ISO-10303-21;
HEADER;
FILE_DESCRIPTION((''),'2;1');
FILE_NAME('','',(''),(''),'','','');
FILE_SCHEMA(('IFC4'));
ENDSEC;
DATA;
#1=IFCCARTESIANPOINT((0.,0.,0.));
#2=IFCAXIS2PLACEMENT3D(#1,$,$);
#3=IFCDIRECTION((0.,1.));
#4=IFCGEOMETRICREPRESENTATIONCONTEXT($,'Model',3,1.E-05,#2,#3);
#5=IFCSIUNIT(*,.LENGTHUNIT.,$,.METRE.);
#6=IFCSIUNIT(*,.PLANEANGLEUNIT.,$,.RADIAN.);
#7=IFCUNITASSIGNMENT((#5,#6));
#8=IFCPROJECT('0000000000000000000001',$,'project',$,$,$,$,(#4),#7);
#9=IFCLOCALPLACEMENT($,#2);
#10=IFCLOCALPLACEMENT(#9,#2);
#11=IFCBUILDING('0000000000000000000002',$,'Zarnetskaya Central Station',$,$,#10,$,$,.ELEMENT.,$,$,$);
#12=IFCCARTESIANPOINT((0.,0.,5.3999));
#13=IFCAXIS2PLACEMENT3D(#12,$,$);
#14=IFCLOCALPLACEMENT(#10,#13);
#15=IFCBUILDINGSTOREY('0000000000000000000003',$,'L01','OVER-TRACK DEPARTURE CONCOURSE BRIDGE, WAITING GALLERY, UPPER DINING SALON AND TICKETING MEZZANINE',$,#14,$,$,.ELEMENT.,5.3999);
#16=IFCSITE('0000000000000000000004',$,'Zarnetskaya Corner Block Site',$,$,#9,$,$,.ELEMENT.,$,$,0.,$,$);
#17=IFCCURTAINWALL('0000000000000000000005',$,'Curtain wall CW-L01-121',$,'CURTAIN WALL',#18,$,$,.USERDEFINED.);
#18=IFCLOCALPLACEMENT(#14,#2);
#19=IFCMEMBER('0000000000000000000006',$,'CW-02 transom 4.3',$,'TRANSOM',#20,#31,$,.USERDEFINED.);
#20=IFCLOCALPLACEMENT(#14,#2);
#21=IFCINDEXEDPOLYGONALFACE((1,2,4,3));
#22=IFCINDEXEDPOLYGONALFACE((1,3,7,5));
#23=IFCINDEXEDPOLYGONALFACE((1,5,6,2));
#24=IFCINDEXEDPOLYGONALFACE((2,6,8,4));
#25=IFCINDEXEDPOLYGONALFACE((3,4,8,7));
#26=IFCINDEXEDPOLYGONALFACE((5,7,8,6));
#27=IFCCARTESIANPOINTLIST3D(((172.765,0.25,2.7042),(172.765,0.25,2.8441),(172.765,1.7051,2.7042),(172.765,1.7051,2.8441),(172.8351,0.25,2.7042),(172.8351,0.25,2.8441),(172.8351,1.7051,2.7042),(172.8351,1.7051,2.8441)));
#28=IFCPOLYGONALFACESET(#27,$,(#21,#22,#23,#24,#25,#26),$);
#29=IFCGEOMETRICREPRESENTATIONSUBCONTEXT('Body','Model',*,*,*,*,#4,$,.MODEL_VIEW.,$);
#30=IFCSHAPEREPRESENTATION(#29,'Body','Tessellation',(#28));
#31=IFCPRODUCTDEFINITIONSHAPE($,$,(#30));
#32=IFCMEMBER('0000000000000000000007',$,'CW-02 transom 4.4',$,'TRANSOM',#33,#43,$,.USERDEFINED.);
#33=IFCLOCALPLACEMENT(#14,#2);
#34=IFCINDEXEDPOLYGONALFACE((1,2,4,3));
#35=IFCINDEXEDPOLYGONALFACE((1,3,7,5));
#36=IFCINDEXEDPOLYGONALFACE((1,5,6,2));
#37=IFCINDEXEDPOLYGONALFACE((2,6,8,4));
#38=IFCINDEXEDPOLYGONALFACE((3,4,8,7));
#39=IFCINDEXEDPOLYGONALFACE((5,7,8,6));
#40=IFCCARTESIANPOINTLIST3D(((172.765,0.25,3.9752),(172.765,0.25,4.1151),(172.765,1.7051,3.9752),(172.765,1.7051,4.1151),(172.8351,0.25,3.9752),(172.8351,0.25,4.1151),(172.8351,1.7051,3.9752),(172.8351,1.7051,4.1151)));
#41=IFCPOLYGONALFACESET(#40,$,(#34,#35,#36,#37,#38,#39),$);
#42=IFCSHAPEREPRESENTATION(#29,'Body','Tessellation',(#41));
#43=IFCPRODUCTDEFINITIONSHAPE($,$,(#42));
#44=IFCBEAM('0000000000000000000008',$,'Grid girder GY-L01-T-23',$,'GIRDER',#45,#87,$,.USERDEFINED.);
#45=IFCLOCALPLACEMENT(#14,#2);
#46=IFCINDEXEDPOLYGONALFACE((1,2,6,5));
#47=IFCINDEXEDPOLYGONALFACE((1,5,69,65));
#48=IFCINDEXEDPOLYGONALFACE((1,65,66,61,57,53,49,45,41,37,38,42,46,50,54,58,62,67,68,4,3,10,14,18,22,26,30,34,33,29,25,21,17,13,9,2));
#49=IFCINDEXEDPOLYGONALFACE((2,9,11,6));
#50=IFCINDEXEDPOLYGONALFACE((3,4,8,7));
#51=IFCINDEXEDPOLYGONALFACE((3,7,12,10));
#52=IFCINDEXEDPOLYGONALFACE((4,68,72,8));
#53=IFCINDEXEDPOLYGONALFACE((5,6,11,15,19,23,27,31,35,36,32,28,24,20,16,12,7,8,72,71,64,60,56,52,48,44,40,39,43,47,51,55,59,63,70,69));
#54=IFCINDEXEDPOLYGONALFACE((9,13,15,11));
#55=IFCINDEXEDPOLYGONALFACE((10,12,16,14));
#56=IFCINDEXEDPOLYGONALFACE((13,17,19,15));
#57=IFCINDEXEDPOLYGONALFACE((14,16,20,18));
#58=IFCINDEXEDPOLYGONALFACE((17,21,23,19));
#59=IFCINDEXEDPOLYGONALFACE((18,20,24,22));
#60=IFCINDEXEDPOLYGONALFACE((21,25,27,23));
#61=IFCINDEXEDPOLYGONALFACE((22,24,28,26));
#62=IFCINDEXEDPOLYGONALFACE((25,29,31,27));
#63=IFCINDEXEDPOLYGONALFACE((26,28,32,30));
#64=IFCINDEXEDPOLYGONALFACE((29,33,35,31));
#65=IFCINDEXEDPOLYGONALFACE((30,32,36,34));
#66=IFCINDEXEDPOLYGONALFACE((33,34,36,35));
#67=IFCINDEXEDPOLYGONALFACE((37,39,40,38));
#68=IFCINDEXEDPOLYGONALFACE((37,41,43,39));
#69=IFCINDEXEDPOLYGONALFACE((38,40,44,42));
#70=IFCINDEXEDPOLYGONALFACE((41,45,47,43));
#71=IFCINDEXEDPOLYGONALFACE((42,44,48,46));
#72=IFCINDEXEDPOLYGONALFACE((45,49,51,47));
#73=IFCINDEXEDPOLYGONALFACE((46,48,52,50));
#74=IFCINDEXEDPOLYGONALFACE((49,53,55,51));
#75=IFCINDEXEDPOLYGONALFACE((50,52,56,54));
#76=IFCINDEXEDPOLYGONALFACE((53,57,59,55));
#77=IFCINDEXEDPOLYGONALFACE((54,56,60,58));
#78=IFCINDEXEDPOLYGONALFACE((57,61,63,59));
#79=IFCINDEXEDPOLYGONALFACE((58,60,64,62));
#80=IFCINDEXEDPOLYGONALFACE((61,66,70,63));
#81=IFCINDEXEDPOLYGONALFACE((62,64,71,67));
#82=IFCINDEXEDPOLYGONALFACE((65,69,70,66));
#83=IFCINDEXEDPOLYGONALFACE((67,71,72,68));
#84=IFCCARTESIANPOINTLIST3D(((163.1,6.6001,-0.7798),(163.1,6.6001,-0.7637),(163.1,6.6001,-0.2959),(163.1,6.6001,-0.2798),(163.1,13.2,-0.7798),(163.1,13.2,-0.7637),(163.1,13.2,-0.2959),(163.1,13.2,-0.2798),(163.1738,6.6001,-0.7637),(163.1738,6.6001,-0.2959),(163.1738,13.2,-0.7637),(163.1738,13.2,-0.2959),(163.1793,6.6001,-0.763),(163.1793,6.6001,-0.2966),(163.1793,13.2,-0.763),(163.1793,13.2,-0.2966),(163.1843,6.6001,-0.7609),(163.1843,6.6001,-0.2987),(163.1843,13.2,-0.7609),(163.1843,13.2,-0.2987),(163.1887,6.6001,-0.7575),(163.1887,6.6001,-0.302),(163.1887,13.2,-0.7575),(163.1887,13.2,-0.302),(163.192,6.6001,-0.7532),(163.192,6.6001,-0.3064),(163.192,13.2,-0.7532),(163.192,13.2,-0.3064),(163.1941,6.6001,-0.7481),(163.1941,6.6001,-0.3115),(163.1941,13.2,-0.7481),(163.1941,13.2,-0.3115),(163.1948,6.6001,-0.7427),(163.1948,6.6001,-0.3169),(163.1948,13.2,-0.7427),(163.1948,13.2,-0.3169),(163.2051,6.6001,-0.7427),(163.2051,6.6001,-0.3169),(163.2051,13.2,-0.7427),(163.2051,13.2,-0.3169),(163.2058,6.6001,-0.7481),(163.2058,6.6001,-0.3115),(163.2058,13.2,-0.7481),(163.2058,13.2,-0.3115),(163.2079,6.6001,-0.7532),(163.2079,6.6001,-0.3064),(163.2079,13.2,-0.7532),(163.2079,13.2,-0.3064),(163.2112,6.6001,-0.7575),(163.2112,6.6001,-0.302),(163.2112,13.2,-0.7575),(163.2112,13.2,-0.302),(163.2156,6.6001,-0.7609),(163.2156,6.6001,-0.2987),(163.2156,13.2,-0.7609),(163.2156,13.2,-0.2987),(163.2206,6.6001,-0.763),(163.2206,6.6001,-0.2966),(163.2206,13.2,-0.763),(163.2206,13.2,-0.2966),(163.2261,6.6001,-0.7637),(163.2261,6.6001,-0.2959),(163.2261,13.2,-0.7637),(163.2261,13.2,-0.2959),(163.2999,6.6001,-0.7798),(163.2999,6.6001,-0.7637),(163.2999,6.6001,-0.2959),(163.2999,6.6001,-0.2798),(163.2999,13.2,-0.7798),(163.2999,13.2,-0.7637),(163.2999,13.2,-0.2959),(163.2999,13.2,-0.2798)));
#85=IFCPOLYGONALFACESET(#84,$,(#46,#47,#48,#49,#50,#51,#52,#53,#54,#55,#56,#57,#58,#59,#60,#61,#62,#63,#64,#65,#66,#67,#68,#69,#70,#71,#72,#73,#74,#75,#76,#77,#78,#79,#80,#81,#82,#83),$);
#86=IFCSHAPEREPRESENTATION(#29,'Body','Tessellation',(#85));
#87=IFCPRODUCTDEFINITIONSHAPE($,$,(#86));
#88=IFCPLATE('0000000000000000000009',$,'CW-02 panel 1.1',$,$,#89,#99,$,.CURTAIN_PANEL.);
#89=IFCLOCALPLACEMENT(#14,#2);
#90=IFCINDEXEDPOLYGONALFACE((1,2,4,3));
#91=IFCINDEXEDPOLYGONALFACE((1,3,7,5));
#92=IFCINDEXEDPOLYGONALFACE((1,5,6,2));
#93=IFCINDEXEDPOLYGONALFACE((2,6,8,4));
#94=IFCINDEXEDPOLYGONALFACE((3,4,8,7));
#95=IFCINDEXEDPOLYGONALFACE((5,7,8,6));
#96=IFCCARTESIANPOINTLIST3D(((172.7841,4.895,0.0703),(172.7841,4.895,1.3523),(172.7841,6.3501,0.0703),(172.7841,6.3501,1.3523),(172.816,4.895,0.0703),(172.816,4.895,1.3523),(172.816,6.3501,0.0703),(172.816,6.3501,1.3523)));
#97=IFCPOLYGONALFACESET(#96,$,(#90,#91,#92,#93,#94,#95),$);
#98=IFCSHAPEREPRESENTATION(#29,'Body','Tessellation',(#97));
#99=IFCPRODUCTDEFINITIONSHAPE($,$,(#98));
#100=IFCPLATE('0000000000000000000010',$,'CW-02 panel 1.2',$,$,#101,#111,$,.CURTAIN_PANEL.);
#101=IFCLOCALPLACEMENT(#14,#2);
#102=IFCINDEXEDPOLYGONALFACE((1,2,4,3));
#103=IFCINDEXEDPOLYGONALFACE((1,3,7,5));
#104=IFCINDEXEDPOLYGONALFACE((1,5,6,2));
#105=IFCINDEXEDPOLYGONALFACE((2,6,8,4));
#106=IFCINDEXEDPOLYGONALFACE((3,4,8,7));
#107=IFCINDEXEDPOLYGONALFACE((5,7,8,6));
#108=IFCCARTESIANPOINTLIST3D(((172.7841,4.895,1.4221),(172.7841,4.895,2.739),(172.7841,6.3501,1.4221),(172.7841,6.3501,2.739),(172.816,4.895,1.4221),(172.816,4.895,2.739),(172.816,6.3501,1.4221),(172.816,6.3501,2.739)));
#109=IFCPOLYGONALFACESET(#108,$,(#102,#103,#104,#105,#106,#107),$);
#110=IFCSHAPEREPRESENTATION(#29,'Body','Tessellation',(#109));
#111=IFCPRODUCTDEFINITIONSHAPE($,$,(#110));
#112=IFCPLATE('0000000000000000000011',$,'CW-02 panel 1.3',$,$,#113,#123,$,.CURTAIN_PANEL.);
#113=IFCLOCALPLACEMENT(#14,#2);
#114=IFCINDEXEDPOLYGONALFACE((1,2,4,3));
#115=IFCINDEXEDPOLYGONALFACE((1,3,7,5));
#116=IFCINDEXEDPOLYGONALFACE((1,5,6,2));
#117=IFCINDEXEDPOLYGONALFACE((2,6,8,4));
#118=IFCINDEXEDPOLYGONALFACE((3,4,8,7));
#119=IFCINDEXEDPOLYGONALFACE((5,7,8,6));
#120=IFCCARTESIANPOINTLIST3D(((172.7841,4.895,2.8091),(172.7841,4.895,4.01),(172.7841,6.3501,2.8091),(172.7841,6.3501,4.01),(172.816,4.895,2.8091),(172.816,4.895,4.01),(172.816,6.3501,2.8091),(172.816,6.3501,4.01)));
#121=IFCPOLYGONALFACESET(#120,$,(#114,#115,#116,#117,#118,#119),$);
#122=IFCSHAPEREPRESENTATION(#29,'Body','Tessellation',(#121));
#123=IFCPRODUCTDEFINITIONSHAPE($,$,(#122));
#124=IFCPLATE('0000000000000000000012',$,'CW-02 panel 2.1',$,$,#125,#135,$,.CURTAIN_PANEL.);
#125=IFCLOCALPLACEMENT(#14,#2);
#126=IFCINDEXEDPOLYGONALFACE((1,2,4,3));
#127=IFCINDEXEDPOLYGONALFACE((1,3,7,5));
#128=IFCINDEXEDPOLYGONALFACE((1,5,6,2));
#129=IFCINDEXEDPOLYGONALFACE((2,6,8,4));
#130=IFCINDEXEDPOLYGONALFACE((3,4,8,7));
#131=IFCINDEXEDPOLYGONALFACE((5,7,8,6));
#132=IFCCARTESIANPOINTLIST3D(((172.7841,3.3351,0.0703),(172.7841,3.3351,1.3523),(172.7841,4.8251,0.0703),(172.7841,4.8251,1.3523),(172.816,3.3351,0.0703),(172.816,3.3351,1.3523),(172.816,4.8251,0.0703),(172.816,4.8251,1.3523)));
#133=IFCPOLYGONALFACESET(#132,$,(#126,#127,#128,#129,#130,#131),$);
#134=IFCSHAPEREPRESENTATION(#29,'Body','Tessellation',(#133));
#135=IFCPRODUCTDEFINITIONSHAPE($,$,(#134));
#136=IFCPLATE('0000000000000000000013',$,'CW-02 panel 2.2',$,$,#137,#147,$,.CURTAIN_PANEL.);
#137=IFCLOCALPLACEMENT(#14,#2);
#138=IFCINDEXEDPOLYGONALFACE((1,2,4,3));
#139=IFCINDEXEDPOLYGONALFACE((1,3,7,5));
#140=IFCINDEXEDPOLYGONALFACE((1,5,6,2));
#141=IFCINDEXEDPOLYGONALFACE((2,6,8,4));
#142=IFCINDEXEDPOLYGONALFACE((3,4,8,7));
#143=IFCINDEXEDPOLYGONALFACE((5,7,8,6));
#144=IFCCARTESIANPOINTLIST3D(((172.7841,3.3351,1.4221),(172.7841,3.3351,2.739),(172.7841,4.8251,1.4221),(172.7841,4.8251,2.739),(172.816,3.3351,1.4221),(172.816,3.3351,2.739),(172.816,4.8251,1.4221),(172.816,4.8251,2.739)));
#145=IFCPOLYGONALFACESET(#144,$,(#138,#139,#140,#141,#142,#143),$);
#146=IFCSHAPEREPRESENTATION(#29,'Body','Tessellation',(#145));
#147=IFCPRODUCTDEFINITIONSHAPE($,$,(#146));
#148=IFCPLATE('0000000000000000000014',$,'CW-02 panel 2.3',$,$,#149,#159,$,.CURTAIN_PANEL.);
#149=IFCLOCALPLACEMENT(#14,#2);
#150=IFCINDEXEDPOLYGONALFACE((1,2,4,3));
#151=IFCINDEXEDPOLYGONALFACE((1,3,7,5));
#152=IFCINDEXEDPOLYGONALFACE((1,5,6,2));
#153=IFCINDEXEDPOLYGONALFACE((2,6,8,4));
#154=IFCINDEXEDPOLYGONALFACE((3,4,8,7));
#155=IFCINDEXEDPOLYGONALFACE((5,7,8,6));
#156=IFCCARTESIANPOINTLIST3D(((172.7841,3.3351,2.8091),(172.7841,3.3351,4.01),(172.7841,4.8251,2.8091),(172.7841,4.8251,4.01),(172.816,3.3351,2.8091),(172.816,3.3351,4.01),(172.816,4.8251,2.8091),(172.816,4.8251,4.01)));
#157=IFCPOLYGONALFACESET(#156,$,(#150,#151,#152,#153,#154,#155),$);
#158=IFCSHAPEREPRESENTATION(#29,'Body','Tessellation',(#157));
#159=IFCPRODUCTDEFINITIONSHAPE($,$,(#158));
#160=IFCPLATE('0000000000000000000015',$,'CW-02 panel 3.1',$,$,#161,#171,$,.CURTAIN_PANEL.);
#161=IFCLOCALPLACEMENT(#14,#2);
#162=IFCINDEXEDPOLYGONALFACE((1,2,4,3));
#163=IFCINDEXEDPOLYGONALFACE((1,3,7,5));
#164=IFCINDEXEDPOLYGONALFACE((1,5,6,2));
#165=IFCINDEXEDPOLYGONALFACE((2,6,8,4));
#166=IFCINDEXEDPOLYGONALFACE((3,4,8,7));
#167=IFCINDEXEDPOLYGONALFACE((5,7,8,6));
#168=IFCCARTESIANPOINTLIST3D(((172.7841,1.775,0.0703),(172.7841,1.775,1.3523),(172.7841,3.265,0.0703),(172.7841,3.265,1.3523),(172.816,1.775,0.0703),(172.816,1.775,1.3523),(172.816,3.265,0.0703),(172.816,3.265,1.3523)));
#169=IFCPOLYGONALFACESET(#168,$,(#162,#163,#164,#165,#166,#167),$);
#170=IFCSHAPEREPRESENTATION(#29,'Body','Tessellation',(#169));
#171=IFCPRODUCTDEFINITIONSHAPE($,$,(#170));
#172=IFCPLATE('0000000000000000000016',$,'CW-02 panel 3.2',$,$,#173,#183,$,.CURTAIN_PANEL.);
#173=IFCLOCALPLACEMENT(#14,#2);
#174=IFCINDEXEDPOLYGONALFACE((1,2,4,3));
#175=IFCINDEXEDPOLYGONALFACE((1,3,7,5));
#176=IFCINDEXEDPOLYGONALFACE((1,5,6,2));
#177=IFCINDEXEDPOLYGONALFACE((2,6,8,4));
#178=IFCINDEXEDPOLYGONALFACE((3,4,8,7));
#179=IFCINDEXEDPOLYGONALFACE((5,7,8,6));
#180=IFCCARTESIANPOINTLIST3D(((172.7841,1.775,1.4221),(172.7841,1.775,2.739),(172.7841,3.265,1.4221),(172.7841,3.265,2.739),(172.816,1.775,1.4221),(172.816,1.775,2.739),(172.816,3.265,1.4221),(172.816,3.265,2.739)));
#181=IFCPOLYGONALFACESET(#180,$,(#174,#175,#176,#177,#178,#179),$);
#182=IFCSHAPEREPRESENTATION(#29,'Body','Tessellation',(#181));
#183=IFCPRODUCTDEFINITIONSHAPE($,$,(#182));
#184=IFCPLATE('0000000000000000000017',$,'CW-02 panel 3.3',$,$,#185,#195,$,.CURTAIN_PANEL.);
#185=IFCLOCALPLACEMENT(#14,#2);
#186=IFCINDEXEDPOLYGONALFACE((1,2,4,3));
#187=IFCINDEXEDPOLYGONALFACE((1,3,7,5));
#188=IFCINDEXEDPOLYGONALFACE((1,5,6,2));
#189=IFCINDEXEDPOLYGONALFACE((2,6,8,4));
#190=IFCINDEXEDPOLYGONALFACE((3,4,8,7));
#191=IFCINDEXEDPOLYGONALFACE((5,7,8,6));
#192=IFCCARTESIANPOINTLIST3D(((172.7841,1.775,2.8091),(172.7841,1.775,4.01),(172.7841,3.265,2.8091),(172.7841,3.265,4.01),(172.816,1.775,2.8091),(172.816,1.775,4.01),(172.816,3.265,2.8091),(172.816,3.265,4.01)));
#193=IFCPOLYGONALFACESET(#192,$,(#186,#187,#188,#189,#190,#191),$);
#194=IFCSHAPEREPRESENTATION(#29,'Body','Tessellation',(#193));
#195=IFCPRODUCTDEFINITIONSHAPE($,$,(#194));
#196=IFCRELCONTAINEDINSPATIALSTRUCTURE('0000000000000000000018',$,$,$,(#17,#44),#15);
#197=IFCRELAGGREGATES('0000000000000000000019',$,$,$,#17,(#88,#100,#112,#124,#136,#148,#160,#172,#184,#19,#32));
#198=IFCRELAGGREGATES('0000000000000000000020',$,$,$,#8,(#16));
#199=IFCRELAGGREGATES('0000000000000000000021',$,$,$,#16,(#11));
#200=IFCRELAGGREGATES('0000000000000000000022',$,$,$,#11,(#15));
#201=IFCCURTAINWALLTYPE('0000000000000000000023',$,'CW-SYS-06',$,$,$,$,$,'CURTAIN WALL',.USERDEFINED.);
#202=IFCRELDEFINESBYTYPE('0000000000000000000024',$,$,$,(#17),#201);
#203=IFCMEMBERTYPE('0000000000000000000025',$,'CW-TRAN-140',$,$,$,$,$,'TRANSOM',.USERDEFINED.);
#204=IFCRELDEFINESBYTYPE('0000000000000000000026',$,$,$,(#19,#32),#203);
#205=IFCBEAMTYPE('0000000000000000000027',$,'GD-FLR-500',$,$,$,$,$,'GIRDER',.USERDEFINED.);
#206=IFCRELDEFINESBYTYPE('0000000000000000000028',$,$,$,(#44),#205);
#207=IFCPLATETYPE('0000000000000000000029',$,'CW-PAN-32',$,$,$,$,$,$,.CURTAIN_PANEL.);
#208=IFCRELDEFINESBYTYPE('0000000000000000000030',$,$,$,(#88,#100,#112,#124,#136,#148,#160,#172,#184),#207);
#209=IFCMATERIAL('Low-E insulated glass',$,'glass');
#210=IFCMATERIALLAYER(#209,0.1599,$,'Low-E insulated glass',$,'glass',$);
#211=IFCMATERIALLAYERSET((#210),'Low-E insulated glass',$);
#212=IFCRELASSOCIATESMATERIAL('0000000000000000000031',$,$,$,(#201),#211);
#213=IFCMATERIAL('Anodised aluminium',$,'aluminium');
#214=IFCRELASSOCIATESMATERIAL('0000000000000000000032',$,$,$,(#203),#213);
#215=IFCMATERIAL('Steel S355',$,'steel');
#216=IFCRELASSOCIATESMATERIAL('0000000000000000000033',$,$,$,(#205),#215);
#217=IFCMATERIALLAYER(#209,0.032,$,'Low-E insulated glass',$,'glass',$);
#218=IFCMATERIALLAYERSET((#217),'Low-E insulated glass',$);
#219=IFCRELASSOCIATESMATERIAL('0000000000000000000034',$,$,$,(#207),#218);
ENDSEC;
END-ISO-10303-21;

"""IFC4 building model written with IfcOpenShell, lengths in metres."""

from ifc_helpers import new_model, si_unit, direction, frame, origin, origin_2d, place, context, subcontext, project, spatial, rectangle, i_section, extrude, material, layer, layer_set, material_profile, profile_set, type_object, element, aggregate, save


model = new_model("IFC4")

# Units and contexts
model_context = context("Model", 3, precision=1e-05, world=origin(), true_north=direction((0.0, 1.0)))
body_context = subcontext(model_context, "Body", "Model", "MODEL_VIEW")
ifc_project = project(units=[si_unit("LENGTHUNIT", "METRE"), si_unit("PLANEANGLEUNIT", "RADIAN")], contexts=[model_context])

# Site, building, storey
site_placement = place(None, origin())
site = spatial("IfcSite", under=ifc_project, at=site_placement, Name="Zarnetskaya Corner Block Site", CompositionType="ELEMENT", RefElevation=0.0)
building_placement = place(site_placement, origin())
building = spatial("IfcBuilding", under=site, at=building_placement, Name="Zarnetskaya Central Station", CompositionType="ELEMENT")
storey_placement = place(building_placement, frame((0.0, 0.0, 5.3999)))
storey = spatial("IfcBuildingStorey", under=building, at=storey_placement, Name="L01", Description="OVER-TRACK DEPARTURE CONCOURSE BRIDGE, WAITING GALLERY, UPPER DINING SALON AND TICKETING MEZZANINE", CompositionType="ELEMENT", Elevation=5.3999)

# Shared definitions
ifc_material_1 = material(Name="Steel S355", Category="steel")

# Curtain wall, members
ifc_material_2 = material(Name="Low-E insulated glass", Category="glass")
ifc_layer_1 = layer(ifc_material_2, 0.1599, Name="Low-E insulated glass", Category="glass")
ifc_layer_set_1 = layer_set([ifc_layer_1], Name="Low-E insulated glass")
curtain_wall_type = type_object("IfcCurtainWallType", Name="CW-SYS-06", ElementType="CURTAIN WALL", PredefinedType="USERDEFINED", material=ifc_layer_set_1)
curtain_wall_placement = place(storey_placement, origin())
curtain_wall = element("IfcCurtainWall", 1, at=curtain_wall_placement, inside=storey, type_object=curtain_wall_type, Name="Curtain wall CW-L01-121", ObjectType="CURTAIN WALL", PredefinedType="USERDEFINED")
ifc_material_3 = material(Name="Anodised aluminium", Category="aluminium")
ifc_material_profile_1 = material_profile(ifc_material_3, rectangle(XDim=0.0701, YDim=0.1399, at=origin_2d()), Name="ALU TRAN 70x140")
ifc_profile_set_1 = profile_set([ifc_material_profile_1], Name="Anodised aluminium")
member_type_1 = type_object("IfcMemberType", Name="CW-TRAN-140", ElementType="TRANSOM", PredefinedType="USERDEFINED", material=ifc_profile_set_1)
member_1_placement = place(storey_placement, frame((172.8, 1.7051, 2.7742), z_axis=(0.0, -1.0, 0.0), x_axis=(1.0, 0.0, 0.0)))
member_1 = element("IfcMember", 2, at=member_1_placement, type_object=member_type_1, Name="CW-02 transom 4.3", ObjectType="TRANSOM", PredefinedType="USERDEFINED", context=body_context, shape_type="SweptSolid", body=[
    extrude(rectangle(XDim=0.0701, YDim=0.1399, at=origin_2d()), origin(), (0.0, 0.0, 1.0), 1.4551),
])
member_2_placement = place(storey_placement, frame((172.8, 1.7051, 4.0452), z_axis=(0.0, -1.0, 0.0), x_axis=(1.0, 0.0, 0.0)))
member_2 = element("IfcMember", 3, at=member_2_placement, type_object=member_type_1, Name="CW-02 transom 4.4", ObjectType="TRANSOM", PredefinedType="USERDEFINED", context=body_context, shape_type="SweptSolid", body=[
    extrude(rectangle(XDim=0.0701, YDim=0.1399, at=origin_2d()), origin(), (0.0, 0.0, 1.0), 1.4551),
])

# Beam
ifc_material_profile_2 = material_profile(ifc_material_1, i_section(OverallWidth=0.2, OverallDepth=0.5, WebThickness=0.0103, FlangeThickness=0.0161, FilletRadius=0.021, at=origin_2d()), Name="IPE 500")
ifc_profile_set_2 = profile_set([ifc_material_profile_2], Name="Steel S355")
beam_type_1 = type_object("IfcBeamType", Name="GD-FLR-500", ElementType="GIRDER", PredefinedType="USERDEFINED", material=ifc_profile_set_2)
beam_placement = place(storey_placement, frame((163.2, 6.6001, -0.5298), z_axis=(0.0, 1.0, 0.0), x_axis=(-1.0, 0.0, 0.0)))
element("IfcBeam", 4, at=beam_placement, inside=storey, type_object=beam_type_1, Name="Grid girder GY-L01-T-23", ObjectType="GIRDER", PredefinedType="USERDEFINED", context=body_context, shape_type="SweptSolid", body=[
    extrude(i_section(OverallWidth=0.2, OverallDepth=0.5, WebThickness=0.0103, FlangeThickness=0.0161, FilletRadius=0.021, at=origin_2d()), origin(), (0.0, 0.0, 1.0), 6.5999),
])

# Plates
ifc_layer_2 = layer(ifc_material_2, 0.032, Name="Low-E insulated glass", Category="glass")
ifc_layer_set_2 = layer_set([ifc_layer_2], Name="Low-E insulated glass")
plate_type = type_object("IfcPlateType", Name="CW-PAN-32", PredefinedType="CURTAIN_PANEL", material=ifc_layer_set_2)
plate_1_placement = place(storey_placement, frame((172.8, 5.6226, 0.0703), z_axis=(0.0, 0.0, 1.0), x_axis=(0.0, -1.0, 0.0)))
plate_1 = element("IfcPlate", 5, at=plate_1_placement, type_object=plate_type, Name="CW-02 panel 1.1", PredefinedType="CURTAIN_PANEL", context=body_context, shape_type="SweptSolid", body=[
    extrude(rectangle(XDim=1.4551, YDim=0.032, at=origin_2d()), origin(), (0.0, 0.0, 1.0), 1.282),
])
plate_2_placement = place(storey_placement, frame((172.8, 5.6226, 1.4221), z_axis=(0.0, 0.0, 1.0), x_axis=(0.0, -1.0, 0.0)))
plate_2 = element("IfcPlate", 6, at=plate_2_placement, type_object=plate_type, Name="CW-02 panel 1.2", PredefinedType="CURTAIN_PANEL", context=body_context, shape_type="SweptSolid", body=[
    extrude(rectangle(XDim=1.4551, YDim=0.032, at=origin_2d()), origin(), (0.0, 0.0, 1.0), 1.3169),
])
plate_3_placement = place(storey_placement, frame((172.8, 5.6226, 2.8091), z_axis=(0.0, 0.0, 1.0), x_axis=(0.0, -1.0, 0.0)))
plate_3 = element("IfcPlate", 7, at=plate_3_placement, type_object=plate_type, Name="CW-02 panel 1.3", PredefinedType="CURTAIN_PANEL", context=body_context, shape_type="SweptSolid", body=[
    extrude(rectangle(XDim=1.4551, YDim=0.032, at=origin_2d()), origin(), (0.0, 0.0, 1.0), 1.2009),
])
plate_4_placement = place(storey_placement, frame((172.8, 4.0801, 0.0703), z_axis=(0.0, 0.0, 1.0), x_axis=(0.0, -1.0, 0.0)))
plate_4 = element("IfcPlate", 8, at=plate_4_placement, type_object=plate_type, Name="CW-02 panel 2.1", PredefinedType="CURTAIN_PANEL", context=body_context, shape_type="SweptSolid", body=[
    extrude(rectangle(XDim=1.49, YDim=0.032, at=origin_2d()), origin(), (0.0, 0.0, 1.0), 1.282),
])
plate_5_placement = place(storey_placement, frame((172.8, 4.0801, 1.4221), z_axis=(0.0, 0.0, 1.0), x_axis=(0.0, -1.0, 0.0)))
plate_5 = element("IfcPlate", 9, at=plate_5_placement, type_object=plate_type, Name="CW-02 panel 2.2", PredefinedType="CURTAIN_PANEL", context=body_context, shape_type="SweptSolid", body=[
    extrude(rectangle(XDim=1.49, YDim=0.032, at=origin_2d()), origin(), (0.0, 0.0, 1.0), 1.3169),
])
plate_6_placement = place(storey_placement, frame((172.8, 4.0801, 2.8091), z_axis=(0.0, 0.0, 1.0), x_axis=(0.0, -1.0, 0.0)))
plate_6 = element("IfcPlate", 10, at=plate_6_placement, type_object=plate_type, Name="CW-02 panel 2.3", PredefinedType="CURTAIN_PANEL", context=body_context, shape_type="SweptSolid", body=[
    extrude(rectangle(XDim=1.49, YDim=0.032, at=origin_2d()), origin(), (0.0, 0.0, 1.0), 1.2009),
])
plate_7_placement = place(storey_placement, frame((172.8, 2.52, 0.0703), z_axis=(0.0, 0.0, 1.0), x_axis=(0.0, -1.0, 0.0)))
plate_7 = element("IfcPlate", 11, at=plate_7_placement, type_object=plate_type, Name="CW-02 panel 3.1", PredefinedType="CURTAIN_PANEL", context=body_context, shape_type="SweptSolid", body=[
    extrude(rectangle(XDim=1.49, YDim=0.032, at=origin_2d()), origin(), (0.0, 0.0, 1.0), 1.282),
])
plate_8_placement = place(storey_placement, frame((172.8, 2.52, 1.4221), z_axis=(0.0, 0.0, 1.0), x_axis=(0.0, -1.0, 0.0)))
plate_8 = element("IfcPlate", 12, at=plate_8_placement, type_object=plate_type, Name="CW-02 panel 3.2", PredefinedType="CURTAIN_PANEL", context=body_context, shape_type="SweptSolid", body=[
    extrude(rectangle(XDim=1.49, YDim=0.032, at=origin_2d()), origin(), (0.0, 0.0, 1.0), 1.3169),
])
plate_9_placement = place(storey_placement, frame((172.8, 2.52, 2.8091), z_axis=(0.0, 0.0, 1.0), x_axis=(0.0, -1.0, 0.0)))
plate_9 = element("IfcPlate", 13, at=plate_9_placement, type_object=plate_type, Name="CW-02 panel 3.3", PredefinedType="CURTAIN_PANEL", context=body_context, shape_type="SweptSolid", body=[
    extrude(rectangle(XDim=1.49, YDim=0.032, at=origin_2d()), origin(), (0.0, 0.0, 1.0), 1.2009),
])
aggregate(curtain_wall, [plate_1, plate_2, plate_3, plate_4, plate_5, plate_6, plate_7, plate_8, plate_9, member_1, member_2])

save(model, "model.ifc")
